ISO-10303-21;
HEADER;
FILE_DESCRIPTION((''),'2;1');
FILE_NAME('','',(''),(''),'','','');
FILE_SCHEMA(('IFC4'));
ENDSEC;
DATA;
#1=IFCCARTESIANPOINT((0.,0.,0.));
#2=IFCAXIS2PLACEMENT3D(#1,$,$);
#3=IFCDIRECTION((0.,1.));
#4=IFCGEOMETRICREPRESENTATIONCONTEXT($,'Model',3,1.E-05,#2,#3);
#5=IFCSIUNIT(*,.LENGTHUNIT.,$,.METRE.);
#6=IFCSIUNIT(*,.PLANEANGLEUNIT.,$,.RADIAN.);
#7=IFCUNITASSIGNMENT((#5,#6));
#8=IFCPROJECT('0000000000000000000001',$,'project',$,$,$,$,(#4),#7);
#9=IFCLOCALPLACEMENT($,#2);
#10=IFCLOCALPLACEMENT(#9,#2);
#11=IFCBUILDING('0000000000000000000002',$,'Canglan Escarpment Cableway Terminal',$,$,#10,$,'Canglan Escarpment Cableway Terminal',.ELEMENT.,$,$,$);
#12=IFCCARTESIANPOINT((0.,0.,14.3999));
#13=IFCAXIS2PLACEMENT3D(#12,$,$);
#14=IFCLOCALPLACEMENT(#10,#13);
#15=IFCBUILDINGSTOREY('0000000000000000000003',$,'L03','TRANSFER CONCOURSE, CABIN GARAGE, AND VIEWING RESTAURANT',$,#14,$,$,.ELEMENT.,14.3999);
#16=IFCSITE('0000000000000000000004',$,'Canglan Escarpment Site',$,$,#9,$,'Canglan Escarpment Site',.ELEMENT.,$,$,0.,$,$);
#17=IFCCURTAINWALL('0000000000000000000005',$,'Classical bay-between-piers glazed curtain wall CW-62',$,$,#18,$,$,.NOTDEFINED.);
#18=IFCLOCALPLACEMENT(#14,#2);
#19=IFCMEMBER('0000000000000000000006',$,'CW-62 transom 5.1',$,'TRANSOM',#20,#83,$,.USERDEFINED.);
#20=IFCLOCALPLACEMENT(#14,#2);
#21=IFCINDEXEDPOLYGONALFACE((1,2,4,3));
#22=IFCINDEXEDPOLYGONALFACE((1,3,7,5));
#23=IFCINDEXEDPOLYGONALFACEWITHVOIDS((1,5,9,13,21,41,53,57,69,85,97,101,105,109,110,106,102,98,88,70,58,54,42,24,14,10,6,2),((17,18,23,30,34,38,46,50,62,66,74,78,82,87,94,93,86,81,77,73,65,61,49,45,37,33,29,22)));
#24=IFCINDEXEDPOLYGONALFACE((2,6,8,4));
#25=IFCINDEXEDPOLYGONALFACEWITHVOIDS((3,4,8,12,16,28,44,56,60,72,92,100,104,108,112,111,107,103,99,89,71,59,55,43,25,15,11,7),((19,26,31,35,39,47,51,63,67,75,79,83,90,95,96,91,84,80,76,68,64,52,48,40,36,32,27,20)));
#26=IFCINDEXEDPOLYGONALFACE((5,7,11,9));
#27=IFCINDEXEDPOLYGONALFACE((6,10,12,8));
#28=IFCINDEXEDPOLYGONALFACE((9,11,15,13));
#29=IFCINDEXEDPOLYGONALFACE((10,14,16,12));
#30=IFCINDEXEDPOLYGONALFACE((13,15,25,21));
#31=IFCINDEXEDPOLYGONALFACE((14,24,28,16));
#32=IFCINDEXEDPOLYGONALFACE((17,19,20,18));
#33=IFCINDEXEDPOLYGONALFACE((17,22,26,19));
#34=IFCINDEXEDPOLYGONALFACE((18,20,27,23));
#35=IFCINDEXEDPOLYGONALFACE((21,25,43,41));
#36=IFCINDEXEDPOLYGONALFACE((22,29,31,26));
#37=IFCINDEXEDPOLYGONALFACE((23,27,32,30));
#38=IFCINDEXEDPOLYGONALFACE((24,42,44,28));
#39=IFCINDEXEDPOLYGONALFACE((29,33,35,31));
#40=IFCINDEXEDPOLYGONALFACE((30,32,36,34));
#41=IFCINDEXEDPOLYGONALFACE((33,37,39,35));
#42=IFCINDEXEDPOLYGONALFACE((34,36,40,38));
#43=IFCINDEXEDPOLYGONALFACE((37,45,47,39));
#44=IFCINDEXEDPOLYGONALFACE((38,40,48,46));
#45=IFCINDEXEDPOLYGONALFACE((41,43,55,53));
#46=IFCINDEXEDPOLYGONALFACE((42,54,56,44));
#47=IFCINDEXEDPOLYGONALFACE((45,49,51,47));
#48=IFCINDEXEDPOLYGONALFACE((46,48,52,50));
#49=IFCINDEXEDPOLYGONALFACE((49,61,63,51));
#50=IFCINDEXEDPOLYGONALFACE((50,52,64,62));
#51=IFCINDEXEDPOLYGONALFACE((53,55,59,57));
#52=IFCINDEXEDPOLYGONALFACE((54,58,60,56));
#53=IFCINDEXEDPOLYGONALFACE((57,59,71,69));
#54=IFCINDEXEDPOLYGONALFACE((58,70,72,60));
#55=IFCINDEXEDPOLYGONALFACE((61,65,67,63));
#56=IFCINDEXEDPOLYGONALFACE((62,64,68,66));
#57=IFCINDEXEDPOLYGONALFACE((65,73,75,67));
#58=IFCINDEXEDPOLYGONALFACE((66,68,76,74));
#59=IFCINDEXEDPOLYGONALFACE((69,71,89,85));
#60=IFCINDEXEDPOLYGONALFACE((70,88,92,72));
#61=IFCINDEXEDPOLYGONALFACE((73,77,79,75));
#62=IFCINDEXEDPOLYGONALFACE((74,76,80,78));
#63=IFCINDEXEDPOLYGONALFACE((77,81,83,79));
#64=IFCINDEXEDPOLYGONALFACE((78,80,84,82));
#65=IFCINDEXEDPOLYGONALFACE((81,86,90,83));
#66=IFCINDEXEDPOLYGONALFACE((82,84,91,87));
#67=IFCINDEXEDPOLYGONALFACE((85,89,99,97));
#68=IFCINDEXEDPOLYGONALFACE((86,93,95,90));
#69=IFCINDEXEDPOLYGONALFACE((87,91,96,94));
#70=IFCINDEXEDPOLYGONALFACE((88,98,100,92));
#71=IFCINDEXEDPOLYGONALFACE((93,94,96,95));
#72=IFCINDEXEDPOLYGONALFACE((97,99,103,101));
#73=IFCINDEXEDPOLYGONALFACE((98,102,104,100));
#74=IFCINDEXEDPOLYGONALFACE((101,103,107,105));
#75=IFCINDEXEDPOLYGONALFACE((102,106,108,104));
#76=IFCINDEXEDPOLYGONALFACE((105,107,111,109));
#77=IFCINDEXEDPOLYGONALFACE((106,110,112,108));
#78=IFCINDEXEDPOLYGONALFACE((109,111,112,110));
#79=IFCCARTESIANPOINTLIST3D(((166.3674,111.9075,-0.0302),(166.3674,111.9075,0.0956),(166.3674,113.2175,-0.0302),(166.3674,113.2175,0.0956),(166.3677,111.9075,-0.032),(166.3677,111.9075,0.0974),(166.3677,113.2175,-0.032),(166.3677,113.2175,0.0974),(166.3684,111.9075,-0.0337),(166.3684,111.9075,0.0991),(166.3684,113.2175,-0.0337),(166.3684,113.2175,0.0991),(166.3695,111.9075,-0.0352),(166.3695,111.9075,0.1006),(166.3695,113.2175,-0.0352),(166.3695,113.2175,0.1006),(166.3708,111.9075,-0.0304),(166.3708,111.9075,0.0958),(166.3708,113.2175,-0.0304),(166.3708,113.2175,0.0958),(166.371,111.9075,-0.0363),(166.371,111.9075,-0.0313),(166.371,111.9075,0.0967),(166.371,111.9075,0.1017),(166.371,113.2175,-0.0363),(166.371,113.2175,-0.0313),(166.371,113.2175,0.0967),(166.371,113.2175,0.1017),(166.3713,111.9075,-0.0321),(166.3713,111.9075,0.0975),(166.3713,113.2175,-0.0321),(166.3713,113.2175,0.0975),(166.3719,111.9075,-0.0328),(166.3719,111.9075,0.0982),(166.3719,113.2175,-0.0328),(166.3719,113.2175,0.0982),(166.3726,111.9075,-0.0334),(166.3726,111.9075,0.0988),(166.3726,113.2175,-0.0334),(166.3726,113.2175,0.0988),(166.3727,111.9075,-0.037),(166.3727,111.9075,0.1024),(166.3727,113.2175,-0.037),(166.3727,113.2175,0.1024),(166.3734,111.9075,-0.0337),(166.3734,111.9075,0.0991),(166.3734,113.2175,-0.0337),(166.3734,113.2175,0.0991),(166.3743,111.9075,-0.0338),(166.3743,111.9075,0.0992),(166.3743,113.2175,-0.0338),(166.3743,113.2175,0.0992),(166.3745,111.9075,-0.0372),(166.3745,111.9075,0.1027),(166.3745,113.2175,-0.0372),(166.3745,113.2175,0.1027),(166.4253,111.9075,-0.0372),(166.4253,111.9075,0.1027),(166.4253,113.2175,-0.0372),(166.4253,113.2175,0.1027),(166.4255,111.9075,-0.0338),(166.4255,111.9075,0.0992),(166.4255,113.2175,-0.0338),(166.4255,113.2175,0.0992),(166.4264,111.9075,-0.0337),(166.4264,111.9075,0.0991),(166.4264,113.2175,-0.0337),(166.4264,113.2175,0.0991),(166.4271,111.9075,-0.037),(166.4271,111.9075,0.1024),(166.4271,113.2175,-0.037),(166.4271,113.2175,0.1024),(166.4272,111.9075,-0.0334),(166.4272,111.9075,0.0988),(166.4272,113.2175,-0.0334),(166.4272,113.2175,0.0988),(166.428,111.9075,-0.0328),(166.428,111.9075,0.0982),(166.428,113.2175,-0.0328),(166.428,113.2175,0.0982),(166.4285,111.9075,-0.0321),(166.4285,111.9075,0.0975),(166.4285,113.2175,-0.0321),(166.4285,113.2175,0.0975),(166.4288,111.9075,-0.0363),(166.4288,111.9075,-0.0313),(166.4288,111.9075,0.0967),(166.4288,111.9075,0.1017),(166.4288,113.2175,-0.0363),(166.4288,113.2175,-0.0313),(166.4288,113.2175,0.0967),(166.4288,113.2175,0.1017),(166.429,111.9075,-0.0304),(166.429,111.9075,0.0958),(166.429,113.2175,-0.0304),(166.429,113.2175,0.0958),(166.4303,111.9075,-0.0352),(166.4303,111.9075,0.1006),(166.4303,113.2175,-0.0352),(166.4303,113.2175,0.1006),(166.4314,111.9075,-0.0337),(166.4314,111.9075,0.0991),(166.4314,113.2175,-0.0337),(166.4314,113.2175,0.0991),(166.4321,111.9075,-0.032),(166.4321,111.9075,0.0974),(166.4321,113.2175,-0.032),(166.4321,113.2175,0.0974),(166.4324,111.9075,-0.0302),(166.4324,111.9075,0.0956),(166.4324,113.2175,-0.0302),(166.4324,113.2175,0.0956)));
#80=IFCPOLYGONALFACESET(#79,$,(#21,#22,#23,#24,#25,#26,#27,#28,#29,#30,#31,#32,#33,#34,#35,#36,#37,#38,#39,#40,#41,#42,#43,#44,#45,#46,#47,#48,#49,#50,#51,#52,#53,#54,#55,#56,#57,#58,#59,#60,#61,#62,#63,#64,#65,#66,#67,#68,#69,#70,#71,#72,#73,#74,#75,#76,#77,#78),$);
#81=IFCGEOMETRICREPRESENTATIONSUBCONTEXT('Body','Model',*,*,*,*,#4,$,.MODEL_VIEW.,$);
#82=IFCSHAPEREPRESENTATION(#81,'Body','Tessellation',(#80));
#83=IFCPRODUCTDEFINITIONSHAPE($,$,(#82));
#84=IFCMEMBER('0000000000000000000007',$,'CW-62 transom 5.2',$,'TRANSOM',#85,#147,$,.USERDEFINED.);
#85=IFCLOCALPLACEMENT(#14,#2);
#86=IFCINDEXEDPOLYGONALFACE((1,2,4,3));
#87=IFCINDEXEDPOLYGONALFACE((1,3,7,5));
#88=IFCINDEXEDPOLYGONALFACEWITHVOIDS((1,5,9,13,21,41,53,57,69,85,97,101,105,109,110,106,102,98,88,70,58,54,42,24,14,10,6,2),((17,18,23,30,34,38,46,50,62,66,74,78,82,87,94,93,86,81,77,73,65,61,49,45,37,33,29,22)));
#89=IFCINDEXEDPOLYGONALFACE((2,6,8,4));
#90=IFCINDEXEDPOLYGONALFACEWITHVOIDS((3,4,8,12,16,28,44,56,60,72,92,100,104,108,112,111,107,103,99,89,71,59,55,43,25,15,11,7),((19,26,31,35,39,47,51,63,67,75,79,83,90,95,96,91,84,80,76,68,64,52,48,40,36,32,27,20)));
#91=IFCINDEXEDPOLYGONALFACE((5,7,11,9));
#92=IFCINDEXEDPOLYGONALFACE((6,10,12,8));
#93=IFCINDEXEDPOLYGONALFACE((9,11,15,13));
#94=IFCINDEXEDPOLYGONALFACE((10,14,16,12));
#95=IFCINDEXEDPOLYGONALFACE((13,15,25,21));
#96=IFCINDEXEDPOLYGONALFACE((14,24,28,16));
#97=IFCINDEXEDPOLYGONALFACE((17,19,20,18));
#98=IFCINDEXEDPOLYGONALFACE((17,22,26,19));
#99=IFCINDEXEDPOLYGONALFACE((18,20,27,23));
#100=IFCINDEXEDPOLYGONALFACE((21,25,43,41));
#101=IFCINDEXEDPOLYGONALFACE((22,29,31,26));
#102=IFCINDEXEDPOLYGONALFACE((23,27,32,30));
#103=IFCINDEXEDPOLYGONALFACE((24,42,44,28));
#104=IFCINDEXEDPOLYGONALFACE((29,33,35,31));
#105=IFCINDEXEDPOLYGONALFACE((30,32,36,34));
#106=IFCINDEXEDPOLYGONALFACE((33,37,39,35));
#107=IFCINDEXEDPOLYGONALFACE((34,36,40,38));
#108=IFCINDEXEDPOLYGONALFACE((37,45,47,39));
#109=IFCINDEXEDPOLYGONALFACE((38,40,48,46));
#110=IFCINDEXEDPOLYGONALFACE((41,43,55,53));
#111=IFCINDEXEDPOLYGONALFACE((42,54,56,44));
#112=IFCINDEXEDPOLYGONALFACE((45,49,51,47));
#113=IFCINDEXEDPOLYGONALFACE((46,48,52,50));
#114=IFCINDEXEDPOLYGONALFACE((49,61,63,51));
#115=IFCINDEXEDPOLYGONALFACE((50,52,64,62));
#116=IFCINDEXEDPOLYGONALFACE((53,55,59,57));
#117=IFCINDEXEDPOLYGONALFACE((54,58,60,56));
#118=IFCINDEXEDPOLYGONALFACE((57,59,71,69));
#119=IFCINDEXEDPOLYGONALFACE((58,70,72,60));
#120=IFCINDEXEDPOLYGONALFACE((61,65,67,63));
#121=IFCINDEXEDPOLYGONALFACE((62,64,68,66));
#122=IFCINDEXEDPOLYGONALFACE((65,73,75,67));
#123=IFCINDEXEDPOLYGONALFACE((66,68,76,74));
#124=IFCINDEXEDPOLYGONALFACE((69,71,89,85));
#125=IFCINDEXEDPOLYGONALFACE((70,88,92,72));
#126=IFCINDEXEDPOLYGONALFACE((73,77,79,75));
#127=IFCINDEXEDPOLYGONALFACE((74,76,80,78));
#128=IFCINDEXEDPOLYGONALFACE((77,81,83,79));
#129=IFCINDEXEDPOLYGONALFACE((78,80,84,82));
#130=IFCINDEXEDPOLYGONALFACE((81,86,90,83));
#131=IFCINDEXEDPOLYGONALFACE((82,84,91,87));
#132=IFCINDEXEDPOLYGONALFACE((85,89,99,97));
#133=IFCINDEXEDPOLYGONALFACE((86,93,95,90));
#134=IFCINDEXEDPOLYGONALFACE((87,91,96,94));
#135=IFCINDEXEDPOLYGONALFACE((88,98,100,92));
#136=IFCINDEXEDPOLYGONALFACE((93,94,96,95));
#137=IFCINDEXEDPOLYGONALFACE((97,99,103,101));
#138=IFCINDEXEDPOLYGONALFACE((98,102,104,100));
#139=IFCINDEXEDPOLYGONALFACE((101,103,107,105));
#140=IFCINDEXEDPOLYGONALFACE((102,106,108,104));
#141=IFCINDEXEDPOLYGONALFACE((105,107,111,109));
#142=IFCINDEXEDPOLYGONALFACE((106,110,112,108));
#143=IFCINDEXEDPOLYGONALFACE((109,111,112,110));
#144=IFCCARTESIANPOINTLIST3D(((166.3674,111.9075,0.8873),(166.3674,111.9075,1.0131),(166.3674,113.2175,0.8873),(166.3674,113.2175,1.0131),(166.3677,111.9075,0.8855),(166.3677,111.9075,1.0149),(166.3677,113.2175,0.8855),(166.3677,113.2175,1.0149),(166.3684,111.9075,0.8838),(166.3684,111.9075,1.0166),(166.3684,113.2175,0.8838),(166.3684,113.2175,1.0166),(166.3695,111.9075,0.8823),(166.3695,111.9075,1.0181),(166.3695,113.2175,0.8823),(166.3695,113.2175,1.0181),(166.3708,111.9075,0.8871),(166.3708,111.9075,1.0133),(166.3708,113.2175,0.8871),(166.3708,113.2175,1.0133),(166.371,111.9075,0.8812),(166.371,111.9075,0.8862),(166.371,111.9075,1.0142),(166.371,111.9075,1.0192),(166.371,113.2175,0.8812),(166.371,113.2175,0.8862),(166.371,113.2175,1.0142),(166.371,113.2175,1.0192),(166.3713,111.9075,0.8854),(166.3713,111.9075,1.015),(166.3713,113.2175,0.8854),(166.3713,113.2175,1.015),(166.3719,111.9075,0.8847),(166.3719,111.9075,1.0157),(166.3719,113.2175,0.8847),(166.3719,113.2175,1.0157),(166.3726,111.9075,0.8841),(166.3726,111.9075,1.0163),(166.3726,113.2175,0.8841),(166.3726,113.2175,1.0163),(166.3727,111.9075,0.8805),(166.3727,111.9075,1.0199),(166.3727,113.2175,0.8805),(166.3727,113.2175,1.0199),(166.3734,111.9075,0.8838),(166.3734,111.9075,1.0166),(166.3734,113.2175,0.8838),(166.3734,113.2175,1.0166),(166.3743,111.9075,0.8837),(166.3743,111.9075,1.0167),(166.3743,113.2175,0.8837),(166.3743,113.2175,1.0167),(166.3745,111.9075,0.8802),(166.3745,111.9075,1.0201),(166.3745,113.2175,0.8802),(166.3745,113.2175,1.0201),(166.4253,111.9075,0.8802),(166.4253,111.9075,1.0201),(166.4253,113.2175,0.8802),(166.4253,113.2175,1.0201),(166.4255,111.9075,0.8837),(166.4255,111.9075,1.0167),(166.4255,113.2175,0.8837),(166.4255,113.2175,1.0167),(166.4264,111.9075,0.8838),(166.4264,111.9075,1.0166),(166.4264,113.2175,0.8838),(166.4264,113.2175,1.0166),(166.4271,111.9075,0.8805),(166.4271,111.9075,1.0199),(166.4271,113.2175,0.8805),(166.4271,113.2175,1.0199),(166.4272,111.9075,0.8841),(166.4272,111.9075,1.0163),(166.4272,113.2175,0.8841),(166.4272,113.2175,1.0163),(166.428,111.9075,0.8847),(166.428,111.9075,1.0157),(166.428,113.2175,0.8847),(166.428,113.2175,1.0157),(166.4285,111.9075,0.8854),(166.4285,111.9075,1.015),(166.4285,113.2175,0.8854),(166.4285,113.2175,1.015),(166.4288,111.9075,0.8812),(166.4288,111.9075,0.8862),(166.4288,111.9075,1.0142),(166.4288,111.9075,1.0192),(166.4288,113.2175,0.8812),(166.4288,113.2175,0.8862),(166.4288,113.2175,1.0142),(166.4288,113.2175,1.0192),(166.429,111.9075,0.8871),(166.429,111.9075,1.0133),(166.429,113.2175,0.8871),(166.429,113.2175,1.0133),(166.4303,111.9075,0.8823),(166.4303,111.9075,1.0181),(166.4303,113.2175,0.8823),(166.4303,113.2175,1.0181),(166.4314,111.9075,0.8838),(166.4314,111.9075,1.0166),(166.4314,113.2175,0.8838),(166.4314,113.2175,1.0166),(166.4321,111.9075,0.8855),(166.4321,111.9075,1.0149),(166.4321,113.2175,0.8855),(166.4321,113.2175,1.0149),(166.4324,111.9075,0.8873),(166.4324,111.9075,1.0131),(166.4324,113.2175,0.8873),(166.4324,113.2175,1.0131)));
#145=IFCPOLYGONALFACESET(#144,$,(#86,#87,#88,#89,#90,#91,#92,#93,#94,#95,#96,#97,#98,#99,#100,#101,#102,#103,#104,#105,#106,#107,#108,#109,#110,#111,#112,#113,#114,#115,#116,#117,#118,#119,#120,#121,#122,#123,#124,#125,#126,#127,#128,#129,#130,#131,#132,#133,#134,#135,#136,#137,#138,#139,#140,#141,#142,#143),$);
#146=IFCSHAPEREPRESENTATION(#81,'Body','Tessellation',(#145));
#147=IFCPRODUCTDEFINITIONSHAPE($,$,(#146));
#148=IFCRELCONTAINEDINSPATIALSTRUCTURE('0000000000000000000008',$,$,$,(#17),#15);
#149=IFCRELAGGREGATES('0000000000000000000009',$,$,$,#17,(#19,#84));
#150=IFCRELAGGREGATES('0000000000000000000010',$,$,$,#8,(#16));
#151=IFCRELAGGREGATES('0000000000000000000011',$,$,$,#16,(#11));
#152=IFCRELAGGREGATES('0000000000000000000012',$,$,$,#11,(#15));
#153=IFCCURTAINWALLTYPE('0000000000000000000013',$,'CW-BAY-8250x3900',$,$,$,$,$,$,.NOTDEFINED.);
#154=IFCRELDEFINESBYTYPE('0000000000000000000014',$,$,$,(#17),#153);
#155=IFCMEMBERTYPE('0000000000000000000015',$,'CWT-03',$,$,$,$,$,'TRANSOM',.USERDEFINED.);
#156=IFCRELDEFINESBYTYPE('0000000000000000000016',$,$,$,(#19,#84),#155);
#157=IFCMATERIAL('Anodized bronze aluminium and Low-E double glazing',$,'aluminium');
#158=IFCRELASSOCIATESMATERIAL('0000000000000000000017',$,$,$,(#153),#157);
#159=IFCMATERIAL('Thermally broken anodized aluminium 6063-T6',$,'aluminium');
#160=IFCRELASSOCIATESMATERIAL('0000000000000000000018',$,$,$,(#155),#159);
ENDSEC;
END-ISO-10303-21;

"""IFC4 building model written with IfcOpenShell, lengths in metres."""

from ifc_helpers import new_model, si_unit, direction, frame, origin, origin_2d, place, context, subcontext, project, spatial, hollow_rectangle, extrude, material, material_profile, profile_set, type_object, element, aggregate, save


model = new_model("IFC4")

# Units and contexts
model_context = context("Model", 3, precision=1e-05, world=origin(), true_north=direction((0.0, 1.0)))
body_context = subcontext(model_context, "Body", "Model", "MODEL_VIEW")
ifc_project = project(units=[si_unit("LENGTHUNIT", "METRE"), si_unit("PLANEANGLEUNIT", "RADIAN")], contexts=[model_context])

# Site, building, storey
site_placement = place(None, origin())
site = spatial("IfcSite", under=ifc_project, at=site_placement, Name="Canglan Escarpment Site", LongName="Canglan Escarpment Site", CompositionType="ELEMENT", RefElevation=0.0)
building_placement = place(site_placement, origin())
building = spatial("IfcBuilding", under=site, at=building_placement, Name="Canglan Escarpment Cableway Terminal", LongName="Canglan Escarpment Cableway Terminal", CompositionType="ELEMENT")
storey_placement = place(building_placement, frame((0.0, 0.0, 14.3999)))
storey = spatial("IfcBuildingStorey", under=building, at=storey_placement, Name="L03", Description="TRANSFER CONCOURSE, CABIN GARAGE, AND VIEWING RESTAURANT", CompositionType="ELEMENT", Elevation=14.3999)

# Curtain wall, members
ifc_material_1 = material(Name="Anodized bronze aluminium and Low-E double glazing", Category="aluminium")
curtain_wall_type = type_object("IfcCurtainWallType", Name="CW-BAY-8250x3900", PredefinedType="NOTDEFINED", material=ifc_material_1)
curtain_wall_placement = place(storey_placement, origin())
curtain_wall = element("IfcCurtainWall", 1, at=curtain_wall_placement, inside=storey, type_object=curtain_wall_type, Name="Classical bay-between-piers glazed curtain wall CW-62", PredefinedType="NOTDEFINED")
ifc_material_2 = material(Name="Thermally broken anodized aluminium 6063-T6", Category="aluminium")
ifc_material_profile_1 = material_profile(ifc_material_2, hollow_rectangle(XDim=0.0649, YDim=0.1399, WallThickness=0.0034, InnerFilletRadius=0.0034, OuterFilletRadius=0.0071, at=origin_2d()), Name="ALU-TRAN 65x140x3.5")
ifc_profile_set_1 = profile_set([ifc_material_profile_1], Name="Thermally broken anodized aluminium 6063-T6")
member_type_1 = type_object("IfcMemberType", Name="CWT-03", ElementType="TRANSOM", PredefinedType="USERDEFINED", material=ifc_profile_set_1)
member_1_placement = place(storey_placement, frame((166.3999, 111.9075, 0.0327), z_axis=(0.0, 1.0, 0.0), x_axis=(-1.0, 0.0, 0.0)))
member_1 = element("IfcMember", 2, at=member_1_placement, type_object=member_type_1, Name="CW-62 transom 5.1", ObjectType="TRANSOM", PredefinedType="USERDEFINED", context=body_context, shape_type="SweptSolid", body=[
    extrude(hollow_rectangle(XDim=0.0649, YDim=0.1399, WallThickness=0.0034, InnerFilletRadius=0.0034, OuterFilletRadius=0.0071, at=origin_2d()), origin(), (0.0, 0.0, 1.0), 1.3101),
])
member_2_placement = place(storey_placement, frame((166.3999, 111.9075, 0.9502), z_axis=(0.0, 1.0, 0.0), x_axis=(-1.0, 0.0, 0.0)))
member_2 = element("IfcMember", 3, at=member_2_placement, type_object=member_type_1, Name="CW-62 transom 5.2", ObjectType="TRANSOM", PredefinedType="USERDEFINED", context=body_context, shape_type="SweptSolid", body=[
    extrude(hollow_rectangle(XDim=0.0649, YDim=0.1399, WallThickness=0.0034, InnerFilletRadius=0.0034, OuterFilletRadius=0.0071, at=origin_2d()), origin(), (0.0, 0.0, 1.0), 1.3101),
])
aggregate(curtain_wall, [member_1, member_2])

save(model, "model.ifc")
